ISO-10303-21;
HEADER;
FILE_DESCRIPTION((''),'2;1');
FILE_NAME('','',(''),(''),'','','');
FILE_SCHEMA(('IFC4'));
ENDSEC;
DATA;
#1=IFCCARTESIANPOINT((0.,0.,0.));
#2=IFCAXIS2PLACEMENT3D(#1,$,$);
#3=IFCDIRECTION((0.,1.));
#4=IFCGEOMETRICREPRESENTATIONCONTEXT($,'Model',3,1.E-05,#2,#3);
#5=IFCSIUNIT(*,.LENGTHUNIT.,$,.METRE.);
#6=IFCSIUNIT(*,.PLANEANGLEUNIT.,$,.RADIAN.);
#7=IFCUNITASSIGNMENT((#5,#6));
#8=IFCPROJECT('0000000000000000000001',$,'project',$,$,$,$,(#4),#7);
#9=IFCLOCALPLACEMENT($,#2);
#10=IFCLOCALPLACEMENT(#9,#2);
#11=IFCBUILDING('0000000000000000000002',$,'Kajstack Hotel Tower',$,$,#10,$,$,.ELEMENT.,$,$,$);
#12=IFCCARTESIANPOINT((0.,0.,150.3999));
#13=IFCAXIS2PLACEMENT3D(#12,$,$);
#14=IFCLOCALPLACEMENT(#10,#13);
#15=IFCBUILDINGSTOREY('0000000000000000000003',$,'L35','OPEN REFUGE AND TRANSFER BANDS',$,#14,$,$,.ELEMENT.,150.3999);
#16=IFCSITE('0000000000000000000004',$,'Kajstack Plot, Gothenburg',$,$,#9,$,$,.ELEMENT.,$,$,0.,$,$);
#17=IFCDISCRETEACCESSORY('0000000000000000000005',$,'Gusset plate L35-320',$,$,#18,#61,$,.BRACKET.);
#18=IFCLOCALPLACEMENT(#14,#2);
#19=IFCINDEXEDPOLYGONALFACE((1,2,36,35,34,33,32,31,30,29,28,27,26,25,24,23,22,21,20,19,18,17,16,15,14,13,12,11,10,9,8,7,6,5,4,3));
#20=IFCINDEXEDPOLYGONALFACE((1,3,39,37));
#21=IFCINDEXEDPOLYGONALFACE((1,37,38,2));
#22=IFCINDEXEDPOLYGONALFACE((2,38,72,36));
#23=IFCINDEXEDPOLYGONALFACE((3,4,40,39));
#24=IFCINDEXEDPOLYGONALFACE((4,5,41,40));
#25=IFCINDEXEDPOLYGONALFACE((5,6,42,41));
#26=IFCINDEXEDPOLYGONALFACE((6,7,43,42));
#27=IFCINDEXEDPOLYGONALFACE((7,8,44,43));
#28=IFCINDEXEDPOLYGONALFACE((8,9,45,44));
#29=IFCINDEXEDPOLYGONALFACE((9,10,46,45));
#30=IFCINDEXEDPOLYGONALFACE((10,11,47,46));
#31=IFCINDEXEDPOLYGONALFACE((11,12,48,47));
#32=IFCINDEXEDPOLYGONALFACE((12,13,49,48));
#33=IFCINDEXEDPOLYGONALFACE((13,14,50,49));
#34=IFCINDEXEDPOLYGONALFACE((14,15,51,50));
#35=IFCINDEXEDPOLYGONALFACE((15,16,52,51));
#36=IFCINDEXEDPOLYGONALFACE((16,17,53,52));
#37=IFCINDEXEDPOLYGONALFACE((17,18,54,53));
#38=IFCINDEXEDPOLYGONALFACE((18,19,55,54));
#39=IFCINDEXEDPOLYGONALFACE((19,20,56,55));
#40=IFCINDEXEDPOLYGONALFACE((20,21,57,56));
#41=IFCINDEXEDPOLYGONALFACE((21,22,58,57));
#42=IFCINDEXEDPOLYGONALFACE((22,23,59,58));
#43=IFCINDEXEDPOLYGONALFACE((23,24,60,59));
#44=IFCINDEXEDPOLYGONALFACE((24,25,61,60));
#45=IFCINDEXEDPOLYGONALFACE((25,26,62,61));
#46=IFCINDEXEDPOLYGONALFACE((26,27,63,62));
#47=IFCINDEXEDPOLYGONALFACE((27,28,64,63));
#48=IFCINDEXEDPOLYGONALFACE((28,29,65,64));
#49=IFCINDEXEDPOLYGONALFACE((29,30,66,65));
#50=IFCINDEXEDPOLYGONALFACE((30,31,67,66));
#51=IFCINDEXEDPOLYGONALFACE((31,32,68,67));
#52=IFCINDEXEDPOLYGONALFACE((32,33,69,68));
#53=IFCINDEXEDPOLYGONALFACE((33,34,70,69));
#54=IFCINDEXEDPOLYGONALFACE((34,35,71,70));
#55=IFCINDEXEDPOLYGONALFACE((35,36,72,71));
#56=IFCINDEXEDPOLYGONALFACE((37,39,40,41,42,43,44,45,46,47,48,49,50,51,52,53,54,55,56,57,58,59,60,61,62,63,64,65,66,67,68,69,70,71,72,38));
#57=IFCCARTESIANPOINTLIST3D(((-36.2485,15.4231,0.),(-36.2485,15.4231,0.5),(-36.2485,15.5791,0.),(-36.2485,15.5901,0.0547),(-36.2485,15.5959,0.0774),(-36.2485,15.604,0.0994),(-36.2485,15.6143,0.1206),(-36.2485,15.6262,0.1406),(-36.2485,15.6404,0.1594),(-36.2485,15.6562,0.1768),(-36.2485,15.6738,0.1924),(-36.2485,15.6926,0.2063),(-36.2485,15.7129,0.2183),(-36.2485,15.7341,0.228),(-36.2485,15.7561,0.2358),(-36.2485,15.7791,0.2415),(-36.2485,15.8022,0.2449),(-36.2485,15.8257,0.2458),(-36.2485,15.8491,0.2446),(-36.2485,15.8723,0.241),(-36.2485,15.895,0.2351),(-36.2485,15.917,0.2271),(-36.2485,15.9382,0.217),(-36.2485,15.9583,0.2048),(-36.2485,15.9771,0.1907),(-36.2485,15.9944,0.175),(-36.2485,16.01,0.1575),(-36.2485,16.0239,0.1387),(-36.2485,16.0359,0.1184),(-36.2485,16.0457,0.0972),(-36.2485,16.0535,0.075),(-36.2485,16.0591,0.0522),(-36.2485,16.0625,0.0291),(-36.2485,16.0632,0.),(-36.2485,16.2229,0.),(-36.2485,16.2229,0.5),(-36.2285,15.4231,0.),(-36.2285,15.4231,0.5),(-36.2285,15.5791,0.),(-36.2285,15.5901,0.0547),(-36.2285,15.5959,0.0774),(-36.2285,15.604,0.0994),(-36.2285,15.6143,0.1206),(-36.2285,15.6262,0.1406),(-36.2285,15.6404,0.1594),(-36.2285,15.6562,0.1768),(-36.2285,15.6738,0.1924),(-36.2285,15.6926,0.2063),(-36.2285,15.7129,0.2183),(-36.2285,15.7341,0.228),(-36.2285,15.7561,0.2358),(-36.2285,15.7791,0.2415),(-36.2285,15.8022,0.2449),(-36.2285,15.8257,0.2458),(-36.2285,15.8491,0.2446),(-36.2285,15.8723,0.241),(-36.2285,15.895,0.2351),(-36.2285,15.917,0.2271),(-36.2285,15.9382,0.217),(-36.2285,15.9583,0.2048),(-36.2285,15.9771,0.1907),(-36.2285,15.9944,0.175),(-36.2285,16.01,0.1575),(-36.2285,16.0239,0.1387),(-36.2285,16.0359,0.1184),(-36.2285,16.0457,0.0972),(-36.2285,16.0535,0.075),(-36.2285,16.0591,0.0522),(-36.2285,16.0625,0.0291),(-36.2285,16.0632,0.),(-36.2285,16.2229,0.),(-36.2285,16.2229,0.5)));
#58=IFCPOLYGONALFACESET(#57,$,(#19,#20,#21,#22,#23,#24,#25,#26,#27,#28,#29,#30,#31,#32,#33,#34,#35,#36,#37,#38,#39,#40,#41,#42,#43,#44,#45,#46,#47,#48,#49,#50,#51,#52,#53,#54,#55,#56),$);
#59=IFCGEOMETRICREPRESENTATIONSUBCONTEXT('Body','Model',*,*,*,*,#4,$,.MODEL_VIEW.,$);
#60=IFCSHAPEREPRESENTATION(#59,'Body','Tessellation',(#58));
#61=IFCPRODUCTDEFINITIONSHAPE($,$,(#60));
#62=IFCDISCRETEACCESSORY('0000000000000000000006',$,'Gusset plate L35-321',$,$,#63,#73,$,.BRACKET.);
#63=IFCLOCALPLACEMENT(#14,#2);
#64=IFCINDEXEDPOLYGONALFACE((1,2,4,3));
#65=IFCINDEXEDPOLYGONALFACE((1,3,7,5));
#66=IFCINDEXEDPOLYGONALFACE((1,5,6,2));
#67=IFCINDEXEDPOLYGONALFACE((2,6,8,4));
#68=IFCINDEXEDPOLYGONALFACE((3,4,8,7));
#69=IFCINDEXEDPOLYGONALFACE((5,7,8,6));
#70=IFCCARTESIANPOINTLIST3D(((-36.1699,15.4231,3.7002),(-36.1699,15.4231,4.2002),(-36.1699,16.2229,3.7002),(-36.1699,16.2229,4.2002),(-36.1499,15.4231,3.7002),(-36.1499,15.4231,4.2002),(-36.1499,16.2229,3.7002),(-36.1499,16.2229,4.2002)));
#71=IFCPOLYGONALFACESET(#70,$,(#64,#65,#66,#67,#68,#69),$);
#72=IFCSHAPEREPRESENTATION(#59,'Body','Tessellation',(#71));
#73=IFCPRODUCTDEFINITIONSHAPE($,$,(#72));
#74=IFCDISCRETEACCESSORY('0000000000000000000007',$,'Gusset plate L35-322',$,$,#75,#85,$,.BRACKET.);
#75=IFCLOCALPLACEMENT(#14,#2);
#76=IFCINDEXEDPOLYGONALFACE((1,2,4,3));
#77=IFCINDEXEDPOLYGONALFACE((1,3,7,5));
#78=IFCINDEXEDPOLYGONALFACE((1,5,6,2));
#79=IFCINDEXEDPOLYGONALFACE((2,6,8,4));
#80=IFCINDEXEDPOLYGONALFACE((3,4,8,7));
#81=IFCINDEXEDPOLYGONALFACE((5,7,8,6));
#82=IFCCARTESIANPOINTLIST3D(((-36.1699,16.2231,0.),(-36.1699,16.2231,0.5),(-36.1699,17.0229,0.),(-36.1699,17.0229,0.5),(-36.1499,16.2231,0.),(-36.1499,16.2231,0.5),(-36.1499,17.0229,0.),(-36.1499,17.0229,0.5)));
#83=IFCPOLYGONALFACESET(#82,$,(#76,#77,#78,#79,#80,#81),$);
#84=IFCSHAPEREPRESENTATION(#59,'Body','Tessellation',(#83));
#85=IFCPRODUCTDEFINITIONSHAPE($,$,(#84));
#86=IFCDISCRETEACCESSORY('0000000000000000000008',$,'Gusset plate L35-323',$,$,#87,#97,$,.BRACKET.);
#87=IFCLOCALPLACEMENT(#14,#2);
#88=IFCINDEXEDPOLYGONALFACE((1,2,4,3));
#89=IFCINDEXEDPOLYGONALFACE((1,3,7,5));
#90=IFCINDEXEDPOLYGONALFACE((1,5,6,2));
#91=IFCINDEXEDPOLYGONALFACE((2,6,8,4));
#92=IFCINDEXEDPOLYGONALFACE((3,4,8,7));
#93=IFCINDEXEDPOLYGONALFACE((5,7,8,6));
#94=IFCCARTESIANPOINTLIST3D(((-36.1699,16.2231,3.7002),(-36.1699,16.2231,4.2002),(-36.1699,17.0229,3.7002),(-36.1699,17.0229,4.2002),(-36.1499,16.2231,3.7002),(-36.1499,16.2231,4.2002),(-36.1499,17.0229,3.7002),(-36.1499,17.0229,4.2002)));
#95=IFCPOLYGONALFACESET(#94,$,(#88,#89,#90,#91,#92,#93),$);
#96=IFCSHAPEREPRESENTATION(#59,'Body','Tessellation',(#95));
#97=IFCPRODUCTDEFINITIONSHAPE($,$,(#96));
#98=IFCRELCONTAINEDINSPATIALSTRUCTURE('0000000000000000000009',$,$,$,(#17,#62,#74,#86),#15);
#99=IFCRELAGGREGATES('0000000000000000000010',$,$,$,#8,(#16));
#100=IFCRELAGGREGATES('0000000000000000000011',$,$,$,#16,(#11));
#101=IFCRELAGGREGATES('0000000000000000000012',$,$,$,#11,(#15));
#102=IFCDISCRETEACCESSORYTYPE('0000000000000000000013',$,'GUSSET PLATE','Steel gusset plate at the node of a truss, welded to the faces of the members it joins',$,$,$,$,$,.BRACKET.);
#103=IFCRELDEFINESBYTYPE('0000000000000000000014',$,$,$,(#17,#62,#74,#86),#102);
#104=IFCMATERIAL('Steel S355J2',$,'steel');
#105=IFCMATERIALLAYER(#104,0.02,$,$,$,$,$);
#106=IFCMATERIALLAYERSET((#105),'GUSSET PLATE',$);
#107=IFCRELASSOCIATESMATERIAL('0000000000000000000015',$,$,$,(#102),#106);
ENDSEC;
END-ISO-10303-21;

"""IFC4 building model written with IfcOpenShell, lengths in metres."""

from ifc_helpers import new_model, si_unit, direction, frame, origin, place, context, subcontext, project, spatial, polyline, outline, extrude, material, layer, layer_set, type_object, element, save


model = new_model("IFC4")

# Units and contexts
model_context = context("Model", 3, precision=1e-05, world=origin(), true_north=direction((0.0, 1.0)))
body_context = subcontext(model_context, "Body", "Model", "MODEL_VIEW")
ifc_project = project(units=[si_unit("LENGTHUNIT", "METRE"), si_unit("PLANEANGLEUNIT", "RADIAN")], contexts=[model_context])

# Site, building, storey
site_placement = place(None, origin())
site = spatial("IfcSite", under=ifc_project, at=site_placement, Name="Kajstack Plot, Gothenburg", CompositionType="ELEMENT", RefElevation=0.0)
building_placement = place(site_placement, origin())
building = spatial("IfcBuilding", under=site, at=building_placement, Name="Kajstack Hotel Tower", CompositionType="ELEMENT")
storey_placement = place(building_placement, frame((0.0, 0.0, 150.3999)))
storey = spatial("IfcBuildingStorey", under=building, at=storey_placement, Name="L35", Description="OPEN REFUGE AND TRANSFER BANDS", CompositionType="ELEMENT", Elevation=150.3999)

# Shared definitions
ifc_material = material(Name="Steel S355J2", Category="steel")

# Discrete accessories
ifc_layer = layer(ifc_material, 0.02)
ifc_layer_set = layer_set([ifc_layer], Name="GUSSET PLATE")
discrete_accessory_type = type_object("IfcDiscreteAccessoryType", Name="GUSSET PLATE", Description="Steel gusset plate at the node of a truss, welded to the faces of the members it joins", PredefinedType="BRACKET", material=ifc_layer_set)
discrete_accessory_placement = place(storey_placement, frame((-36.2485, 15.823, 0.0), z_axis=(1.0, 0.0, 0.0), x_axis=(0.0, 1.0, 0.0)))
element("IfcDiscreteAccessory", 1, at=discrete_accessory_placement, inside=storey, type_object=discrete_accessory_type, Name="Gusset plate L35-320", PredefinedType="BRACKET", context=body_context, shape_type="SweptSolid", body=[
    extrude(outline(polyline([(-0.3999, 0.0), (-0.2439, 0.0), (-0.2329, 0.0547), (-0.2271, 0.0774), (-0.219, 0.0994), (-0.2087, 0.1206), (-0.1968, 0.1406), (-0.1826, 0.1594), (-0.1667, 0.1768), (-0.1492, 0.1924), (-0.1304, 0.2063), (-0.1101, 0.2183), (-0.0889, 0.228), (-0.0669, 0.2358), (-0.0439, 0.2415), (-0.0208, 0.2449), (0.0027, 0.2458), (0.0261, 0.2446), (0.0493, 0.241), (0.072, 0.2351), (0.094, 0.2271), (0.1152, 0.217), (0.1353, 0.2048), (0.1541, 0.1907), (0.1714, 0.175), (0.187, 0.1575), (0.2009, 0.1387), (0.2129, 0.1184), (0.2227, 0.0972), (0.2305, 0.075), (0.2361, 0.0522), (0.2395, 0.0291), (0.2402, 0.0), (0.3999, 0.0), (0.3999, 0.5), (-0.3999, 0.5), (-0.3999, 0.0)])), origin(), (0.0, 0.0, 1.0), 0.02),
])
for number, where, z_axis, x_axis, name in (
    (2, (-36.1699, 15.823, 3.7002), (1.0, 0.0, 0.0), (0.0, 1.0, 0.0), "Gusset plate L35-321"),
    (3, (-36.1699, 16.623, 0.0), (1.0, 0.0, 0.0), (0.0, 1.0, 0.0), "Gusset plate L35-322"),
    (4, (-36.1699, 16.623, 3.7002), (1.0, 0.0, 0.0), (0.0, 1.0, 0.0), "Gusset plate L35-323"),
):
    element("IfcDiscreteAccessory", number, at=place(storey_placement, frame(where, z_axis=z_axis, x_axis=x_axis)), inside=storey, type_object=discrete_accessory_type, Name=name, PredefinedType="BRACKET", context=body_context, shape_type="SweptSolid", body=[
        extrude(outline(polyline([(-0.3999, 0.0), (0.3999, 0.0), (0.3999, 0.5), (-0.3999, 0.5), (-0.3999, 0.0)])), origin(), (0.0, 0.0, 1.0), 0.02),
    ])

save(model, "model.ifc")
